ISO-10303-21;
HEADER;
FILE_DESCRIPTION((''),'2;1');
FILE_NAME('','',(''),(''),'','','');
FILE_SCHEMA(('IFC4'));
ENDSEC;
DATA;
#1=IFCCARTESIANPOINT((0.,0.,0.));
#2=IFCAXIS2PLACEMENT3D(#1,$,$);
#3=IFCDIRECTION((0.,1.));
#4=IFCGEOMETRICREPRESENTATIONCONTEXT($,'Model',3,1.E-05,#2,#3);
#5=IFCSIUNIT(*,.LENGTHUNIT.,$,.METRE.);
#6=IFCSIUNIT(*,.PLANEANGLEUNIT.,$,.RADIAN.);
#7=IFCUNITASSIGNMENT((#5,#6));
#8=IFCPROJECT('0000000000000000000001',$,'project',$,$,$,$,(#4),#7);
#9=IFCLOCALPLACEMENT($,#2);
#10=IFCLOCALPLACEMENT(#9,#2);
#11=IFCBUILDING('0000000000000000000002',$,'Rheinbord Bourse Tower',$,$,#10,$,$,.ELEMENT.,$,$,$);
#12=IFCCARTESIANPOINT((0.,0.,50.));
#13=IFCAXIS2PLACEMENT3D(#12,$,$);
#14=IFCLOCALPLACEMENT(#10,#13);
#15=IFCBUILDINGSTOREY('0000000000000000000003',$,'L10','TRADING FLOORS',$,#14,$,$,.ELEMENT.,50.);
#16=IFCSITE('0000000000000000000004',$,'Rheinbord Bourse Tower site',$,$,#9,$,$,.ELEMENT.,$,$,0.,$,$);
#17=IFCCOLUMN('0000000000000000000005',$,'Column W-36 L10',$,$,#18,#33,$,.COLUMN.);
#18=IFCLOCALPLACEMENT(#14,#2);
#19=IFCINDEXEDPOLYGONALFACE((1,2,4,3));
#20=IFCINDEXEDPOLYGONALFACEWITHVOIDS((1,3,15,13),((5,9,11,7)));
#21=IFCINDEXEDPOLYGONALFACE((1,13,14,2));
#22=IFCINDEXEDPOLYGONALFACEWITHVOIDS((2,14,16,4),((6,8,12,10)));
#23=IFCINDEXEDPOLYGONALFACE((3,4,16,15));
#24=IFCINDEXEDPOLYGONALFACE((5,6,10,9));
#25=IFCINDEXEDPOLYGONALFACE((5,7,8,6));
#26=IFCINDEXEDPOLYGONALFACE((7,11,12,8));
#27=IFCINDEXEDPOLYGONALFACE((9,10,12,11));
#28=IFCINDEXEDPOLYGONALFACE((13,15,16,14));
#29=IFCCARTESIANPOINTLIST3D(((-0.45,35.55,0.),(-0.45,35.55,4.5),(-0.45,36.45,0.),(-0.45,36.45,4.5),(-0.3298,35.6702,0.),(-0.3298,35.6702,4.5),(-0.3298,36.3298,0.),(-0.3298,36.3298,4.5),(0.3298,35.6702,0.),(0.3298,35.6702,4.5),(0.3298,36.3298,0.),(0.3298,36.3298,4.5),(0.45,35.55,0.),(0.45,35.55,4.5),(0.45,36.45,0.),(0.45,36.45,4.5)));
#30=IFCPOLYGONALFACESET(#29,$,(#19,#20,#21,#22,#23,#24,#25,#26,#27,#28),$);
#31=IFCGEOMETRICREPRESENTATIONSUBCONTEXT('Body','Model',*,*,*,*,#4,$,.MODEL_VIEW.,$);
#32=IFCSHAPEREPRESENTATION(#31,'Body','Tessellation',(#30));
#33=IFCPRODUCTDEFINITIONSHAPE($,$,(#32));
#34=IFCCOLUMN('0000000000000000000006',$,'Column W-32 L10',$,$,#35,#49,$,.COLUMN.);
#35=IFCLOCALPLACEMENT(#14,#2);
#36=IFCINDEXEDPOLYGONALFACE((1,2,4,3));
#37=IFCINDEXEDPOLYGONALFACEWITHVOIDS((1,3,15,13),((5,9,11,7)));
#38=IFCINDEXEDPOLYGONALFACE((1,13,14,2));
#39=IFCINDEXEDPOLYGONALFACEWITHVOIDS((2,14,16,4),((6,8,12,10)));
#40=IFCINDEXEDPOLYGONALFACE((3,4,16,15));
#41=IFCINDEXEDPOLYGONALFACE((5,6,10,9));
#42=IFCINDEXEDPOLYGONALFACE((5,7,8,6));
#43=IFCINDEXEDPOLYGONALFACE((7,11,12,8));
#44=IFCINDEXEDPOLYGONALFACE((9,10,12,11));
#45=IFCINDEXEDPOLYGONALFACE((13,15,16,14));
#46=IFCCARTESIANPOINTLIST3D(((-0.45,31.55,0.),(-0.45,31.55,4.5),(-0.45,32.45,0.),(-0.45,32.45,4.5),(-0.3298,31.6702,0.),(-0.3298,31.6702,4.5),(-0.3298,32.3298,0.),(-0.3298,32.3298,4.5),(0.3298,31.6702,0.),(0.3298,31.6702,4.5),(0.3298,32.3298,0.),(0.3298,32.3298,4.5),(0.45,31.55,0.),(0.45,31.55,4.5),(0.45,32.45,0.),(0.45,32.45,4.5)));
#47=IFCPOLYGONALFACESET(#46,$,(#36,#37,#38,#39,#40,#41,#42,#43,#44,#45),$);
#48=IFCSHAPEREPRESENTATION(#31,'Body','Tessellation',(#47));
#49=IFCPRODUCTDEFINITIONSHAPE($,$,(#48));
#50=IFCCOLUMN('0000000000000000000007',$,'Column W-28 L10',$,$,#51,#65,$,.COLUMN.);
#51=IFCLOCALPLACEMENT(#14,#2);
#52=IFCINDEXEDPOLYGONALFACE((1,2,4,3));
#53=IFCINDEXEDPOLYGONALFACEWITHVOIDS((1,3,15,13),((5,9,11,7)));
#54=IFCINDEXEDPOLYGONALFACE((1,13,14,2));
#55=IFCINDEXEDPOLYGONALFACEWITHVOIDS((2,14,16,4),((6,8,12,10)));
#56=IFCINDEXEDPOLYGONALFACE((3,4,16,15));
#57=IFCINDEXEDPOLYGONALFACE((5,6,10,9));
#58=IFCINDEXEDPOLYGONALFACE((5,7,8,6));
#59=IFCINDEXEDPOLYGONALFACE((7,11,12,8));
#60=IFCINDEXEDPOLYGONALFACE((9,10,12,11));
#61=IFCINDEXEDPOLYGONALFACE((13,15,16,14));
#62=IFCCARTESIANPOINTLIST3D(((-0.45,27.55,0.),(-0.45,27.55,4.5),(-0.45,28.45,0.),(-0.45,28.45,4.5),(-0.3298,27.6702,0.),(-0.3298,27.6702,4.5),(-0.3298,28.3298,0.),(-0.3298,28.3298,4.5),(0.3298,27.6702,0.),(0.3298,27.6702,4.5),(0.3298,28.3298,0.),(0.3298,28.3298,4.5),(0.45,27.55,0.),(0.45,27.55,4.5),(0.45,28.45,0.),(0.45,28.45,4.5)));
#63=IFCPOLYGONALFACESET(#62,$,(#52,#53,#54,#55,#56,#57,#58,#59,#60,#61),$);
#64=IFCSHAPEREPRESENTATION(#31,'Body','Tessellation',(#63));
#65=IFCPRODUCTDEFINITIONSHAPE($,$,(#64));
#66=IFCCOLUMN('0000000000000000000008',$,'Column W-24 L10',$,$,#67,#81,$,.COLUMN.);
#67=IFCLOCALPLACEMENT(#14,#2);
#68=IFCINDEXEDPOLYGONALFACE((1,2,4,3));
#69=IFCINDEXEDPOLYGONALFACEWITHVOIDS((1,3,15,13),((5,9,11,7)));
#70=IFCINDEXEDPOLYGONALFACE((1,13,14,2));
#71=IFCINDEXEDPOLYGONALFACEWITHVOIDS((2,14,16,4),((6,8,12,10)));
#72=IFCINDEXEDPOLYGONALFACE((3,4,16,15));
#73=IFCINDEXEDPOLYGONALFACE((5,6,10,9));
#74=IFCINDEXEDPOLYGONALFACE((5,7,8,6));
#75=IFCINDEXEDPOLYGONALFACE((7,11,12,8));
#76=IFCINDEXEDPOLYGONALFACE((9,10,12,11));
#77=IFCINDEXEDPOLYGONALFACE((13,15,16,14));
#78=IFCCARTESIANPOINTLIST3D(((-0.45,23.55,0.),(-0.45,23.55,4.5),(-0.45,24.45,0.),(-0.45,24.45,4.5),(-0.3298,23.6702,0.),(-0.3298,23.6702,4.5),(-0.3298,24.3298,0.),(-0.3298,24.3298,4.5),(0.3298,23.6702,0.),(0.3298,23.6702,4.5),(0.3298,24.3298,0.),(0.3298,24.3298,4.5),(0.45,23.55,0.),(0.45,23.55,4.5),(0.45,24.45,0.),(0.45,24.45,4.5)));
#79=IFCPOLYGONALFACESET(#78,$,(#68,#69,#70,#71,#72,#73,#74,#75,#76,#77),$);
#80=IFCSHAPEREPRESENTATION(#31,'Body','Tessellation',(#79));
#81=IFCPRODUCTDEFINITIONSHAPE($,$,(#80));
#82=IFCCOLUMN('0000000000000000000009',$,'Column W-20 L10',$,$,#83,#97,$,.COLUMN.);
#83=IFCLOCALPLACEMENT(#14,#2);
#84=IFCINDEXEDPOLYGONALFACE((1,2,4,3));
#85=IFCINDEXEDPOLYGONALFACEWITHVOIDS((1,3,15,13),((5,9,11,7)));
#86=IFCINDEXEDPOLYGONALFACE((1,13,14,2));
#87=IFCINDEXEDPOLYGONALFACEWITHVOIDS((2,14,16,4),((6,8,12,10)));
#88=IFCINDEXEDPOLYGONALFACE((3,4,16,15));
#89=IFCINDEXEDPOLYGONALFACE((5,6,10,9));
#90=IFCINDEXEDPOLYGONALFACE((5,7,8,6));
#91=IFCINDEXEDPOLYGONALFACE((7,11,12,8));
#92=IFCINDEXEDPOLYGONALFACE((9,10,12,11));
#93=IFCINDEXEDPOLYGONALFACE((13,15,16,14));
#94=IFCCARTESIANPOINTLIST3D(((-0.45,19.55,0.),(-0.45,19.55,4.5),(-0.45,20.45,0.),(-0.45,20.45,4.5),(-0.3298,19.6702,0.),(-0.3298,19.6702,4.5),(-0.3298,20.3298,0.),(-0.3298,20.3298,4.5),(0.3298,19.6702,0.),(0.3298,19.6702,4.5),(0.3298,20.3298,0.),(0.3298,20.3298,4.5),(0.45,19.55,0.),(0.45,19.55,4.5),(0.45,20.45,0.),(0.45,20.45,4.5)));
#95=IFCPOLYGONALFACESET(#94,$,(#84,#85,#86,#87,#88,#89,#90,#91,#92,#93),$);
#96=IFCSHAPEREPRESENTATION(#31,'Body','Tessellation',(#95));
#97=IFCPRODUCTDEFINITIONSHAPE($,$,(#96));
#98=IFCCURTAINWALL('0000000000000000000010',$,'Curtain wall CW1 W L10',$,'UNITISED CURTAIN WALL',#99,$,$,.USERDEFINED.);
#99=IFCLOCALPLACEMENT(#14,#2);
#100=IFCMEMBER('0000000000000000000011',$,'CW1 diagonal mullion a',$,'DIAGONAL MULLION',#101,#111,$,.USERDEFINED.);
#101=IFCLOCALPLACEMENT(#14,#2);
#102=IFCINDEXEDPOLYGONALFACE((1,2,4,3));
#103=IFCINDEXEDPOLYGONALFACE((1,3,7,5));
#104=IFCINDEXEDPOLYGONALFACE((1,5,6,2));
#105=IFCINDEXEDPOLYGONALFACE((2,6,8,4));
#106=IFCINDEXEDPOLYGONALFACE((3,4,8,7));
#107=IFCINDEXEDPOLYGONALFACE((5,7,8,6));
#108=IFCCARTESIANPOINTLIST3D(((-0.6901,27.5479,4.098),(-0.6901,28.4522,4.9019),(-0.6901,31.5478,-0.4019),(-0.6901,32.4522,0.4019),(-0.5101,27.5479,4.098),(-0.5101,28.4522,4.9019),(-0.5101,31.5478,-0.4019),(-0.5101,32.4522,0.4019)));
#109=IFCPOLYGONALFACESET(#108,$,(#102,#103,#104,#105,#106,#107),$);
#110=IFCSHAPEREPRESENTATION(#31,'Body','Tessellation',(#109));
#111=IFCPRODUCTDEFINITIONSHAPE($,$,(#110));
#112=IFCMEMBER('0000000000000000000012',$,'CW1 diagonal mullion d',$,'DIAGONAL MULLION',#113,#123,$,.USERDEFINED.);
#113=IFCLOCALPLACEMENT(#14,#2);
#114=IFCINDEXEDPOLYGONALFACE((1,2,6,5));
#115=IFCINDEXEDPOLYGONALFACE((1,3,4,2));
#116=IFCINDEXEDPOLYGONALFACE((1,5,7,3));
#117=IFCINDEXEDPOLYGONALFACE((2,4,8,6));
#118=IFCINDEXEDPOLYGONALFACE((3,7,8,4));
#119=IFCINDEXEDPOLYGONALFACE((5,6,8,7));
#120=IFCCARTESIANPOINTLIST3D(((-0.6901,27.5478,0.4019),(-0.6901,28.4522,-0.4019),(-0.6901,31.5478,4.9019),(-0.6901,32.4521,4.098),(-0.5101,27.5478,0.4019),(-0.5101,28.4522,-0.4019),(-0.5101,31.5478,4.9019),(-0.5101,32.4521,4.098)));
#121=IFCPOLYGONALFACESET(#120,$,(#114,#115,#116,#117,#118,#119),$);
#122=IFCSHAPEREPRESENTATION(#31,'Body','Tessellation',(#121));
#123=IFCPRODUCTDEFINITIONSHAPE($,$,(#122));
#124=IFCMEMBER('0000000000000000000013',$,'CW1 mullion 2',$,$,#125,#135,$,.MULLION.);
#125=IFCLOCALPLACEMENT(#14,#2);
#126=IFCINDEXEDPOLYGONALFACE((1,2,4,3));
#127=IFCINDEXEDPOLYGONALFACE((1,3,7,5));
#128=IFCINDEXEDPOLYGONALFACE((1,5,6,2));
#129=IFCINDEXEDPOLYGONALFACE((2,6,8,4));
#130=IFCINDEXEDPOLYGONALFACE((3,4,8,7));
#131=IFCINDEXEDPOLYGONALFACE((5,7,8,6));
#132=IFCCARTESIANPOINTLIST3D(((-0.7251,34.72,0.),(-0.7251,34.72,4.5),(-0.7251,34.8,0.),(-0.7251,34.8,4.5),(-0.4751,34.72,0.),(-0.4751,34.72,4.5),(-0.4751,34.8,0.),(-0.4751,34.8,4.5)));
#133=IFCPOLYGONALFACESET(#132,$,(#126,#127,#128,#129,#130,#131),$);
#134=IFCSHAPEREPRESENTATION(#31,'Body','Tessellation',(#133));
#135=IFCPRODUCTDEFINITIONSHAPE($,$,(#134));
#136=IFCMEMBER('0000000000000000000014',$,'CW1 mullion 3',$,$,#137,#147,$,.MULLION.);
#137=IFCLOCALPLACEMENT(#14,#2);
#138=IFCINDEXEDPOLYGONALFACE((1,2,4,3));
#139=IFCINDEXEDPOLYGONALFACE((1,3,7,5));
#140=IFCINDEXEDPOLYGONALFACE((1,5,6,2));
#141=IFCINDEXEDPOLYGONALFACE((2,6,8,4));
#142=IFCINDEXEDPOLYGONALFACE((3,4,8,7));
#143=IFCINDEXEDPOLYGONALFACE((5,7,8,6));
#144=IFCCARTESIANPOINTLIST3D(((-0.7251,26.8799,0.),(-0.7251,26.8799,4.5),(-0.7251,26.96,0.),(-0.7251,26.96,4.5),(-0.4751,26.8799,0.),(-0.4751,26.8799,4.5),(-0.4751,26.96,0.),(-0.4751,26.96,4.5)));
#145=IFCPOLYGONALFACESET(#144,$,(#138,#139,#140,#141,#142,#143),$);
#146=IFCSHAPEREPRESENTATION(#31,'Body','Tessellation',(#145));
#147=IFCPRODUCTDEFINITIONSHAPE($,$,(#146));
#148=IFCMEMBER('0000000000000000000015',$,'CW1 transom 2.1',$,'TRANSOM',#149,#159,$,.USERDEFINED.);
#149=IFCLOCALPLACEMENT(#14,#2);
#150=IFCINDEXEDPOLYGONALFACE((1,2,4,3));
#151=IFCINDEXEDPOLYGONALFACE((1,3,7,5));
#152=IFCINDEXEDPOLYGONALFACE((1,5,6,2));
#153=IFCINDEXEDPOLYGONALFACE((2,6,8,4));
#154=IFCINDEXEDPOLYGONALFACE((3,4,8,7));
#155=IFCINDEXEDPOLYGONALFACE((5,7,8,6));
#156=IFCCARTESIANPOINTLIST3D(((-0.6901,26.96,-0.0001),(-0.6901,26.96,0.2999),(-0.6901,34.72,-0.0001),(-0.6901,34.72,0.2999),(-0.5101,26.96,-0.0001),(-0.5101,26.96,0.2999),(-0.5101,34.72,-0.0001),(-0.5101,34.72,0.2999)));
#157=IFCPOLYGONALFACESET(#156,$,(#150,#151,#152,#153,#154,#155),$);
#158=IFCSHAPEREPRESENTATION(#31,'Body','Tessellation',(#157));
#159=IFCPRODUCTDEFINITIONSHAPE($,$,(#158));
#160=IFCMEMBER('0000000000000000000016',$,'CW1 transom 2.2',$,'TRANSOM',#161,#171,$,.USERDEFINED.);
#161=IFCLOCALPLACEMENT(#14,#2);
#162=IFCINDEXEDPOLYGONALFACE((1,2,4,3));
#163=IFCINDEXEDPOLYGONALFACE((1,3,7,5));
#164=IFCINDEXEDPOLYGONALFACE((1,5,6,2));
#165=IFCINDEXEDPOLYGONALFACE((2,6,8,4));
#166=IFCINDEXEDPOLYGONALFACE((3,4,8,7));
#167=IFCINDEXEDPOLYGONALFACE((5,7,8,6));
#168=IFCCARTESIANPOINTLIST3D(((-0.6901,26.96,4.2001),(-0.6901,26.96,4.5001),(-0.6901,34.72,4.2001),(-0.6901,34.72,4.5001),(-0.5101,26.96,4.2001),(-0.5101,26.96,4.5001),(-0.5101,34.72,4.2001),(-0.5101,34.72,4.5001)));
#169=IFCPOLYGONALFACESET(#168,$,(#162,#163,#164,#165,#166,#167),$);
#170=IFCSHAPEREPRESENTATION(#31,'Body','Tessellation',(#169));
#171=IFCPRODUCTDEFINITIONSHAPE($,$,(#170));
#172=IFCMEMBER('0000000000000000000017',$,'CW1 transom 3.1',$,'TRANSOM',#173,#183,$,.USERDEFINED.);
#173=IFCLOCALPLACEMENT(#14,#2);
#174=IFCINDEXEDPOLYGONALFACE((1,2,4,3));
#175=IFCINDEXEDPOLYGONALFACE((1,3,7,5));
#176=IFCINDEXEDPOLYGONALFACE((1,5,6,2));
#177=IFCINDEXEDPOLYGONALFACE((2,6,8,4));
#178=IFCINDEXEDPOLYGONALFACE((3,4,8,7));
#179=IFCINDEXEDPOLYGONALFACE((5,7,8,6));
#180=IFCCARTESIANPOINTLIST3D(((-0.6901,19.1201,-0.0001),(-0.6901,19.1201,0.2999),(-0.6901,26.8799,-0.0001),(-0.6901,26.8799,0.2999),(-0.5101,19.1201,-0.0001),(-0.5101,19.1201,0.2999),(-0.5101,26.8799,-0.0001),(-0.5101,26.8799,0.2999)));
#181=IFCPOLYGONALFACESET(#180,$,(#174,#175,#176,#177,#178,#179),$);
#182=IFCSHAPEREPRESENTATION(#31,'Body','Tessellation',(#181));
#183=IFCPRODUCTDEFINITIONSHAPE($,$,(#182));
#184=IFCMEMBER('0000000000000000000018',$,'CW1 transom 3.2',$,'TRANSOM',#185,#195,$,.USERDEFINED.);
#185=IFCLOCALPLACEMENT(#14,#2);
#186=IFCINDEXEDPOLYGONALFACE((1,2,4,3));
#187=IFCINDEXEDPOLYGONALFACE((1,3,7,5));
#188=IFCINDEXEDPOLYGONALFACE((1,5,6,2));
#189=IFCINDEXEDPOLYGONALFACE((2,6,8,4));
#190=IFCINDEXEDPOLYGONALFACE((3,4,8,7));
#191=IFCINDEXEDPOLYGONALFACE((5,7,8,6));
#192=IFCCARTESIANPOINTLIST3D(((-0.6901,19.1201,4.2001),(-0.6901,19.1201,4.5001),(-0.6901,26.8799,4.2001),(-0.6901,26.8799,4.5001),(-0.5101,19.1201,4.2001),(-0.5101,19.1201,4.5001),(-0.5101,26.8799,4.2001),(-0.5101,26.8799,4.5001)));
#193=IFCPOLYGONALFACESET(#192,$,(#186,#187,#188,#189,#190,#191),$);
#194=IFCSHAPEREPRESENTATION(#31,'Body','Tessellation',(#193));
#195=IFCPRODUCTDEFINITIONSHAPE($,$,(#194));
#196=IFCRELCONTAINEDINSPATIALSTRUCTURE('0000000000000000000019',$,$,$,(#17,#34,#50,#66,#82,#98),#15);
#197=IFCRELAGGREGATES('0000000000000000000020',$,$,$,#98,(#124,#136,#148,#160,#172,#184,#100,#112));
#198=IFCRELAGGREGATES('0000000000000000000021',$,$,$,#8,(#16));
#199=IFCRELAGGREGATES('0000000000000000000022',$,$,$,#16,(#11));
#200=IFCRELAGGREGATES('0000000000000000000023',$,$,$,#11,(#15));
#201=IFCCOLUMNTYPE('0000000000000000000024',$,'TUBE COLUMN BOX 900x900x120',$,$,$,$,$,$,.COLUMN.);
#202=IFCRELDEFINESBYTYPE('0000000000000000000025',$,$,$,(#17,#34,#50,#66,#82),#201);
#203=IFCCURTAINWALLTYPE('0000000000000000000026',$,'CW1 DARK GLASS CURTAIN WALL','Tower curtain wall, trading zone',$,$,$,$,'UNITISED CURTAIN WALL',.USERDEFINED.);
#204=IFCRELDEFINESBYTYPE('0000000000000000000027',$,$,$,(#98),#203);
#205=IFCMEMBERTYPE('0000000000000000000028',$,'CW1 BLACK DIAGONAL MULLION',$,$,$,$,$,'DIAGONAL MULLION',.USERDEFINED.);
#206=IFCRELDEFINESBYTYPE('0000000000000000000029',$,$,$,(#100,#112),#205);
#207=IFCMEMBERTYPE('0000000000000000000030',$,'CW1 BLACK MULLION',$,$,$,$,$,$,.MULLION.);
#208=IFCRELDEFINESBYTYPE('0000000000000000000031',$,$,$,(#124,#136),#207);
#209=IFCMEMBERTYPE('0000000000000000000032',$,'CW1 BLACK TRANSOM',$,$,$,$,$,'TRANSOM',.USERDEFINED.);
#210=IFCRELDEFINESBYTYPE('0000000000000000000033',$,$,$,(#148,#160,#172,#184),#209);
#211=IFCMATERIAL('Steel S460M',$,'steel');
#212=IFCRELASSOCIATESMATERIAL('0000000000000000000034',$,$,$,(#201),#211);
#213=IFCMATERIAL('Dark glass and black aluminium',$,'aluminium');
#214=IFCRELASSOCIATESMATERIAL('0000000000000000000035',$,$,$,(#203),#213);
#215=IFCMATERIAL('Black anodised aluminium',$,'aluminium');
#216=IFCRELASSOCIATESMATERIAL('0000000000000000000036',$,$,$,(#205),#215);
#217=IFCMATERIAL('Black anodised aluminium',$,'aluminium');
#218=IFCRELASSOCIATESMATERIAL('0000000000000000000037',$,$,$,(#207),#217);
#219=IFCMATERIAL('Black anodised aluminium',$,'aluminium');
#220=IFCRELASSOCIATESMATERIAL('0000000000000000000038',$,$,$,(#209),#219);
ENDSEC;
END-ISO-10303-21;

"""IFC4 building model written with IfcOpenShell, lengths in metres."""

from ifc_helpers import new_model, si_unit, direction, frame, origin, origin_2d, place, context, subcontext, project, spatial, rectangle, hollow_rectangle, extrude, material, material_profile, profile_set, type_object, element, aggregate, save


model = new_model("IFC4")

# Units and contexts
model_context = context("Model", 3, precision=1e-05, world=origin(), true_north=direction((0.0, 1.0)))
body_context = subcontext(model_context, "Body", "Model", "MODEL_VIEW")
ifc_project = project(units=[si_unit("LENGTHUNIT", "METRE"), si_unit("PLANEANGLEUNIT", "RADIAN")], contexts=[model_context])

# Site, building, storey
site_placement = place(None, origin())
site = spatial("IfcSite", under=ifc_project, at=site_placement, Name="Rheinbord Bourse Tower site", CompositionType="ELEMENT", RefElevation=0.0)
building_placement = place(site_placement, origin())
building = spatial("IfcBuilding", under=site, at=building_placement, Name="Rheinbord Bourse Tower", CompositionType="ELEMENT")
storey_placement = place(building_placement, frame((0.0, 0.0, 50.0)))
storey = spatial("IfcBuildingStorey", under=building, at=storey_placement, Name="L10", Description="TRADING FLOORS", CompositionType="ELEMENT", Elevation=50.0)

# Columns
ifc_material_1 = material(Name="Steel S460M", Category="steel")
ifc_material_profile_1 = material_profile(ifc_material_1, hollow_rectangle(XDim=0.8999, YDim=0.8999, WallThickness=0.1201, at=origin_2d()), Name="BOX 900x900x120")
ifc_profile_set_1 = profile_set([ifc_material_profile_1], Name="Steel S460M")
column_type = type_object("IfcColumnType", Name="TUBE COLUMN BOX 900x900x120", PredefinedType="COLUMN", material=ifc_profile_set_1)
for number, where, z_axis, x_axis, name in (
    (1, (0.0, 36.0, 0.0), (0.0, 0.0, 1.0), (1.0, 0.0, 0.0), "Column W-36 L10"),
    (2, (0.0, 32.0, 0.0), (0.0, 0.0, 1.0), (1.0, 0.0, 0.0), "Column W-32 L10"),
    (3, (0.0, 28.0, 0.0), (0.0, 0.0, 1.0), (1.0, 0.0, 0.0), "Column W-28 L10"),
    (4, (0.0, 24.0, 0.0), (0.0, 0.0, 1.0), (1.0, 0.0, 0.0), "Column W-24 L10"),
    (5, (0.0, 20.0, 0.0), (0.0, 0.0, 1.0), (1.0, 0.0, 0.0), "Column W-20 L10"),
):
    element("IfcColumn", number, at=place(storey_placement, frame(where, z_axis=z_axis, x_axis=x_axis)), inside=storey, type_object=column_type, Name=name, PredefinedType="COLUMN", context=body_context, shape_type="SweptSolid", body=[
        extrude(hollow_rectangle(XDim=0.8999, YDim=0.8999, WallThickness=0.1201, at=origin_2d()), origin(), (0.0, 0.0, 1.0), 4.5),
    ])

# Curtain wall, members
ifc_material_2 = material(Name="Dark glass and black aluminium", Category="aluminium")
curtain_wall_type = type_object("IfcCurtainWallType", Name="CW1 DARK GLASS CURTAIN WALL", Description="Tower curtain wall, trading zone", ElementType="UNITISED CURTAIN WALL", PredefinedType="USERDEFINED", material=ifc_material_2)
curtain_wall_placement = place(storey_placement, origin())
curtain_wall = element("IfcCurtainWall", 6, at=curtain_wall_placement, inside=storey, type_object=curtain_wall_type, Name="Curtain wall CW1 W L10", ObjectType="UNITISED CURTAIN WALL", PredefinedType="USERDEFINED")
ifc_material_3 = material(Name="Black anodised aluminium", Category="aluminium")
ifc_material_profile_2 = material_profile(ifc_material_3, rectangle(XDim=0.1799, YDim=1.21, at=origin_2d()), Name="CW1 DIAGONAL MULLION 1210x180")
ifc_profile_set_2 = profile_set([ifc_material_profile_2], Name="Black anodised aluminium")
member_type_1 = type_object("IfcMemberType", Name="CW1 BLACK DIAGONAL MULLION", ElementType="DIAGONAL MULLION", PredefinedType="USERDEFINED", material=ifc_profile_set_2)
member_1_placement = place(storey_placement, frame((-0.6001, 32.0, 0.0), z_axis=(0.0, -0.664364, 0.747409), x_axis=(1.0, 0.0, 0.0)))
member_1 = element("IfcMember", 7, at=member_1_placement, type_object=member_type_1, Name="CW1 diagonal mullion a", ObjectType="DIAGONAL MULLION", PredefinedType="USERDEFINED", context=body_context, shape_type="SweptSolid", body=[
    extrude(rectangle(XDim=0.1799, YDim=1.21, at=origin_2d()), origin(), (0.0, 0.0, 1.0), 6.0208),
])
member_2_placement = place(storey_placement, frame((-0.6001, 28.0, 0.0), z_axis=(0.0, 0.664364, 0.747409), x_axis=(-1.0, 0.0, 0.0)))
member_2 = element("IfcMember", 8, at=member_2_placement, type_object=member_type_1, Name="CW1 diagonal mullion d", ObjectType="DIAGONAL MULLION", PredefinedType="USERDEFINED", context=body_context, shape_type="SweptSolid", body=[
    extrude(rectangle(XDim=0.1799, YDim=1.21, at=origin_2d()), origin(), (0.0, 0.0, 1.0), 6.0208),
])
ifc_material_4 = material(Name="Black anodised aluminium", Category="aluminium")
ifc_material_profile_3 = material_profile(ifc_material_4, rectangle(XDim=0.25, YDim=0.0801, at=origin_2d()), Name="CW1 MULLION 80x250")
ifc_profile_set_3 = profile_set([ifc_material_profile_3], Name="Black anodised aluminium")
member_type_2 = type_object("IfcMemberType", Name="CW1 BLACK MULLION", PredefinedType="MULLION", material=ifc_profile_set_3)
member_3_placement = place(storey_placement, frame((-0.6001, 34.76, 0.0), z_axis=(0.0, 0.0, 1.0), x_axis=(1.0, 0.0, 0.0)))
member_3 = element("IfcMember", 9, at=member_3_placement, type_object=member_type_2, Name="CW1 mullion 2", PredefinedType="MULLION", context=body_context, shape_type="SweptSolid", body=[
    extrude(rectangle(XDim=0.25, YDim=0.0801, at=origin_2d()), origin(), (0.0, 0.0, 1.0), 4.5),
])
member_4_placement = place(storey_placement, frame((-0.6001, 26.9199, 0.0), z_axis=(0.0, 0.0, 1.0), x_axis=(1.0, 0.0, 0.0)))
member_4 = element("IfcMember", 10, at=member_4_placement, type_object=member_type_2, Name="CW1 mullion 3", PredefinedType="MULLION", context=body_context, shape_type="SweptSolid", body=[
    extrude(rectangle(XDim=0.25, YDim=0.0801, at=origin_2d()), origin(), (0.0, 0.0, 1.0), 4.5),
])
ifc_material_5 = material(Name="Black anodised aluminium", Category="aluminium")
ifc_material_profile_4 = material_profile(ifc_material_5, rectangle(XDim=0.1799, YDim=0.3, at=origin_2d()), Name="CW1 TRANSOM 300x180")
ifc_profile_set_4 = profile_set([ifc_material_profile_4], Name="Black anodised aluminium")
member_type_3 = type_object("IfcMemberType", Name="CW1 BLACK TRANSOM", ElementType="TRANSOM", PredefinedType="USERDEFINED", material=ifc_profile_set_4)
member_5_placement = place(storey_placement, frame((-0.6001, 34.72, 0.1499), z_axis=(0.0, -1.0, 0.0), x_axis=(1.0, 0.0, 0.0)))
member_5 = element("IfcMember", 11, at=member_5_placement, type_object=member_type_3, Name="CW1 transom 2.1", ObjectType="TRANSOM", PredefinedType="USERDEFINED", context=body_context, shape_type="SweptSolid", body=[
    extrude(rectangle(XDim=0.1799, YDim=0.3, at=origin_2d()), origin(), (0.0, 0.0, 1.0), 7.76),
])
member_6_placement = place(storey_placement, frame((-0.6001, 34.72, 4.3501), z_axis=(0.0, -1.0, 0.0), x_axis=(1.0, 0.0, 0.0)))
member_6 = element("IfcMember", 12, at=member_6_placement, type_object=member_type_3, Name="CW1 transom 2.2", ObjectType="TRANSOM", PredefinedType="USERDEFINED", context=body_context, shape_type="SweptSolid", body=[
    extrude(rectangle(XDim=0.1799, YDim=0.3, at=origin_2d()), origin(), (0.0, 0.0, 1.0), 7.76),
])
member_7_placement = place(storey_placement, frame((-0.6001, 26.8799, 0.1499), z_axis=(0.0, -1.0, 0.0), x_axis=(1.0, 0.0, 0.0)))
member_7 = element("IfcMember", 13, at=member_7_placement, type_object=member_type_3, Name="CW1 transom 3.1", ObjectType="TRANSOM", PredefinedType="USERDEFINED", context=body_context, shape_type="SweptSolid", body=[
    extrude(rectangle(XDim=0.1799, YDim=0.3, at=origin_2d()), origin(), (0.0, 0.0, 1.0), 7.7598),
])
member_8_placement = place(storey_placement, frame((-0.6001, 26.8799, 4.3501), z_axis=(0.0, -1.0, 0.0), x_axis=(1.0, 0.0, 0.0)))
member_8 = element("IfcMember", 14, at=member_8_placement, type_object=member_type_3, Name="CW1 transom 3.2", ObjectType="TRANSOM", PredefinedType="USERDEFINED", context=body_context, shape_type="SweptSolid", body=[
    extrude(rectangle(XDim=0.1799, YDim=0.3, at=origin_2d()), origin(), (0.0, 0.0, 1.0), 7.7598),
])

aggregate(curtain_wall, [member_3, member_4, member_5, member_6, member_7, member_8, member_1, member_2])

save(model, "model.ifc")
